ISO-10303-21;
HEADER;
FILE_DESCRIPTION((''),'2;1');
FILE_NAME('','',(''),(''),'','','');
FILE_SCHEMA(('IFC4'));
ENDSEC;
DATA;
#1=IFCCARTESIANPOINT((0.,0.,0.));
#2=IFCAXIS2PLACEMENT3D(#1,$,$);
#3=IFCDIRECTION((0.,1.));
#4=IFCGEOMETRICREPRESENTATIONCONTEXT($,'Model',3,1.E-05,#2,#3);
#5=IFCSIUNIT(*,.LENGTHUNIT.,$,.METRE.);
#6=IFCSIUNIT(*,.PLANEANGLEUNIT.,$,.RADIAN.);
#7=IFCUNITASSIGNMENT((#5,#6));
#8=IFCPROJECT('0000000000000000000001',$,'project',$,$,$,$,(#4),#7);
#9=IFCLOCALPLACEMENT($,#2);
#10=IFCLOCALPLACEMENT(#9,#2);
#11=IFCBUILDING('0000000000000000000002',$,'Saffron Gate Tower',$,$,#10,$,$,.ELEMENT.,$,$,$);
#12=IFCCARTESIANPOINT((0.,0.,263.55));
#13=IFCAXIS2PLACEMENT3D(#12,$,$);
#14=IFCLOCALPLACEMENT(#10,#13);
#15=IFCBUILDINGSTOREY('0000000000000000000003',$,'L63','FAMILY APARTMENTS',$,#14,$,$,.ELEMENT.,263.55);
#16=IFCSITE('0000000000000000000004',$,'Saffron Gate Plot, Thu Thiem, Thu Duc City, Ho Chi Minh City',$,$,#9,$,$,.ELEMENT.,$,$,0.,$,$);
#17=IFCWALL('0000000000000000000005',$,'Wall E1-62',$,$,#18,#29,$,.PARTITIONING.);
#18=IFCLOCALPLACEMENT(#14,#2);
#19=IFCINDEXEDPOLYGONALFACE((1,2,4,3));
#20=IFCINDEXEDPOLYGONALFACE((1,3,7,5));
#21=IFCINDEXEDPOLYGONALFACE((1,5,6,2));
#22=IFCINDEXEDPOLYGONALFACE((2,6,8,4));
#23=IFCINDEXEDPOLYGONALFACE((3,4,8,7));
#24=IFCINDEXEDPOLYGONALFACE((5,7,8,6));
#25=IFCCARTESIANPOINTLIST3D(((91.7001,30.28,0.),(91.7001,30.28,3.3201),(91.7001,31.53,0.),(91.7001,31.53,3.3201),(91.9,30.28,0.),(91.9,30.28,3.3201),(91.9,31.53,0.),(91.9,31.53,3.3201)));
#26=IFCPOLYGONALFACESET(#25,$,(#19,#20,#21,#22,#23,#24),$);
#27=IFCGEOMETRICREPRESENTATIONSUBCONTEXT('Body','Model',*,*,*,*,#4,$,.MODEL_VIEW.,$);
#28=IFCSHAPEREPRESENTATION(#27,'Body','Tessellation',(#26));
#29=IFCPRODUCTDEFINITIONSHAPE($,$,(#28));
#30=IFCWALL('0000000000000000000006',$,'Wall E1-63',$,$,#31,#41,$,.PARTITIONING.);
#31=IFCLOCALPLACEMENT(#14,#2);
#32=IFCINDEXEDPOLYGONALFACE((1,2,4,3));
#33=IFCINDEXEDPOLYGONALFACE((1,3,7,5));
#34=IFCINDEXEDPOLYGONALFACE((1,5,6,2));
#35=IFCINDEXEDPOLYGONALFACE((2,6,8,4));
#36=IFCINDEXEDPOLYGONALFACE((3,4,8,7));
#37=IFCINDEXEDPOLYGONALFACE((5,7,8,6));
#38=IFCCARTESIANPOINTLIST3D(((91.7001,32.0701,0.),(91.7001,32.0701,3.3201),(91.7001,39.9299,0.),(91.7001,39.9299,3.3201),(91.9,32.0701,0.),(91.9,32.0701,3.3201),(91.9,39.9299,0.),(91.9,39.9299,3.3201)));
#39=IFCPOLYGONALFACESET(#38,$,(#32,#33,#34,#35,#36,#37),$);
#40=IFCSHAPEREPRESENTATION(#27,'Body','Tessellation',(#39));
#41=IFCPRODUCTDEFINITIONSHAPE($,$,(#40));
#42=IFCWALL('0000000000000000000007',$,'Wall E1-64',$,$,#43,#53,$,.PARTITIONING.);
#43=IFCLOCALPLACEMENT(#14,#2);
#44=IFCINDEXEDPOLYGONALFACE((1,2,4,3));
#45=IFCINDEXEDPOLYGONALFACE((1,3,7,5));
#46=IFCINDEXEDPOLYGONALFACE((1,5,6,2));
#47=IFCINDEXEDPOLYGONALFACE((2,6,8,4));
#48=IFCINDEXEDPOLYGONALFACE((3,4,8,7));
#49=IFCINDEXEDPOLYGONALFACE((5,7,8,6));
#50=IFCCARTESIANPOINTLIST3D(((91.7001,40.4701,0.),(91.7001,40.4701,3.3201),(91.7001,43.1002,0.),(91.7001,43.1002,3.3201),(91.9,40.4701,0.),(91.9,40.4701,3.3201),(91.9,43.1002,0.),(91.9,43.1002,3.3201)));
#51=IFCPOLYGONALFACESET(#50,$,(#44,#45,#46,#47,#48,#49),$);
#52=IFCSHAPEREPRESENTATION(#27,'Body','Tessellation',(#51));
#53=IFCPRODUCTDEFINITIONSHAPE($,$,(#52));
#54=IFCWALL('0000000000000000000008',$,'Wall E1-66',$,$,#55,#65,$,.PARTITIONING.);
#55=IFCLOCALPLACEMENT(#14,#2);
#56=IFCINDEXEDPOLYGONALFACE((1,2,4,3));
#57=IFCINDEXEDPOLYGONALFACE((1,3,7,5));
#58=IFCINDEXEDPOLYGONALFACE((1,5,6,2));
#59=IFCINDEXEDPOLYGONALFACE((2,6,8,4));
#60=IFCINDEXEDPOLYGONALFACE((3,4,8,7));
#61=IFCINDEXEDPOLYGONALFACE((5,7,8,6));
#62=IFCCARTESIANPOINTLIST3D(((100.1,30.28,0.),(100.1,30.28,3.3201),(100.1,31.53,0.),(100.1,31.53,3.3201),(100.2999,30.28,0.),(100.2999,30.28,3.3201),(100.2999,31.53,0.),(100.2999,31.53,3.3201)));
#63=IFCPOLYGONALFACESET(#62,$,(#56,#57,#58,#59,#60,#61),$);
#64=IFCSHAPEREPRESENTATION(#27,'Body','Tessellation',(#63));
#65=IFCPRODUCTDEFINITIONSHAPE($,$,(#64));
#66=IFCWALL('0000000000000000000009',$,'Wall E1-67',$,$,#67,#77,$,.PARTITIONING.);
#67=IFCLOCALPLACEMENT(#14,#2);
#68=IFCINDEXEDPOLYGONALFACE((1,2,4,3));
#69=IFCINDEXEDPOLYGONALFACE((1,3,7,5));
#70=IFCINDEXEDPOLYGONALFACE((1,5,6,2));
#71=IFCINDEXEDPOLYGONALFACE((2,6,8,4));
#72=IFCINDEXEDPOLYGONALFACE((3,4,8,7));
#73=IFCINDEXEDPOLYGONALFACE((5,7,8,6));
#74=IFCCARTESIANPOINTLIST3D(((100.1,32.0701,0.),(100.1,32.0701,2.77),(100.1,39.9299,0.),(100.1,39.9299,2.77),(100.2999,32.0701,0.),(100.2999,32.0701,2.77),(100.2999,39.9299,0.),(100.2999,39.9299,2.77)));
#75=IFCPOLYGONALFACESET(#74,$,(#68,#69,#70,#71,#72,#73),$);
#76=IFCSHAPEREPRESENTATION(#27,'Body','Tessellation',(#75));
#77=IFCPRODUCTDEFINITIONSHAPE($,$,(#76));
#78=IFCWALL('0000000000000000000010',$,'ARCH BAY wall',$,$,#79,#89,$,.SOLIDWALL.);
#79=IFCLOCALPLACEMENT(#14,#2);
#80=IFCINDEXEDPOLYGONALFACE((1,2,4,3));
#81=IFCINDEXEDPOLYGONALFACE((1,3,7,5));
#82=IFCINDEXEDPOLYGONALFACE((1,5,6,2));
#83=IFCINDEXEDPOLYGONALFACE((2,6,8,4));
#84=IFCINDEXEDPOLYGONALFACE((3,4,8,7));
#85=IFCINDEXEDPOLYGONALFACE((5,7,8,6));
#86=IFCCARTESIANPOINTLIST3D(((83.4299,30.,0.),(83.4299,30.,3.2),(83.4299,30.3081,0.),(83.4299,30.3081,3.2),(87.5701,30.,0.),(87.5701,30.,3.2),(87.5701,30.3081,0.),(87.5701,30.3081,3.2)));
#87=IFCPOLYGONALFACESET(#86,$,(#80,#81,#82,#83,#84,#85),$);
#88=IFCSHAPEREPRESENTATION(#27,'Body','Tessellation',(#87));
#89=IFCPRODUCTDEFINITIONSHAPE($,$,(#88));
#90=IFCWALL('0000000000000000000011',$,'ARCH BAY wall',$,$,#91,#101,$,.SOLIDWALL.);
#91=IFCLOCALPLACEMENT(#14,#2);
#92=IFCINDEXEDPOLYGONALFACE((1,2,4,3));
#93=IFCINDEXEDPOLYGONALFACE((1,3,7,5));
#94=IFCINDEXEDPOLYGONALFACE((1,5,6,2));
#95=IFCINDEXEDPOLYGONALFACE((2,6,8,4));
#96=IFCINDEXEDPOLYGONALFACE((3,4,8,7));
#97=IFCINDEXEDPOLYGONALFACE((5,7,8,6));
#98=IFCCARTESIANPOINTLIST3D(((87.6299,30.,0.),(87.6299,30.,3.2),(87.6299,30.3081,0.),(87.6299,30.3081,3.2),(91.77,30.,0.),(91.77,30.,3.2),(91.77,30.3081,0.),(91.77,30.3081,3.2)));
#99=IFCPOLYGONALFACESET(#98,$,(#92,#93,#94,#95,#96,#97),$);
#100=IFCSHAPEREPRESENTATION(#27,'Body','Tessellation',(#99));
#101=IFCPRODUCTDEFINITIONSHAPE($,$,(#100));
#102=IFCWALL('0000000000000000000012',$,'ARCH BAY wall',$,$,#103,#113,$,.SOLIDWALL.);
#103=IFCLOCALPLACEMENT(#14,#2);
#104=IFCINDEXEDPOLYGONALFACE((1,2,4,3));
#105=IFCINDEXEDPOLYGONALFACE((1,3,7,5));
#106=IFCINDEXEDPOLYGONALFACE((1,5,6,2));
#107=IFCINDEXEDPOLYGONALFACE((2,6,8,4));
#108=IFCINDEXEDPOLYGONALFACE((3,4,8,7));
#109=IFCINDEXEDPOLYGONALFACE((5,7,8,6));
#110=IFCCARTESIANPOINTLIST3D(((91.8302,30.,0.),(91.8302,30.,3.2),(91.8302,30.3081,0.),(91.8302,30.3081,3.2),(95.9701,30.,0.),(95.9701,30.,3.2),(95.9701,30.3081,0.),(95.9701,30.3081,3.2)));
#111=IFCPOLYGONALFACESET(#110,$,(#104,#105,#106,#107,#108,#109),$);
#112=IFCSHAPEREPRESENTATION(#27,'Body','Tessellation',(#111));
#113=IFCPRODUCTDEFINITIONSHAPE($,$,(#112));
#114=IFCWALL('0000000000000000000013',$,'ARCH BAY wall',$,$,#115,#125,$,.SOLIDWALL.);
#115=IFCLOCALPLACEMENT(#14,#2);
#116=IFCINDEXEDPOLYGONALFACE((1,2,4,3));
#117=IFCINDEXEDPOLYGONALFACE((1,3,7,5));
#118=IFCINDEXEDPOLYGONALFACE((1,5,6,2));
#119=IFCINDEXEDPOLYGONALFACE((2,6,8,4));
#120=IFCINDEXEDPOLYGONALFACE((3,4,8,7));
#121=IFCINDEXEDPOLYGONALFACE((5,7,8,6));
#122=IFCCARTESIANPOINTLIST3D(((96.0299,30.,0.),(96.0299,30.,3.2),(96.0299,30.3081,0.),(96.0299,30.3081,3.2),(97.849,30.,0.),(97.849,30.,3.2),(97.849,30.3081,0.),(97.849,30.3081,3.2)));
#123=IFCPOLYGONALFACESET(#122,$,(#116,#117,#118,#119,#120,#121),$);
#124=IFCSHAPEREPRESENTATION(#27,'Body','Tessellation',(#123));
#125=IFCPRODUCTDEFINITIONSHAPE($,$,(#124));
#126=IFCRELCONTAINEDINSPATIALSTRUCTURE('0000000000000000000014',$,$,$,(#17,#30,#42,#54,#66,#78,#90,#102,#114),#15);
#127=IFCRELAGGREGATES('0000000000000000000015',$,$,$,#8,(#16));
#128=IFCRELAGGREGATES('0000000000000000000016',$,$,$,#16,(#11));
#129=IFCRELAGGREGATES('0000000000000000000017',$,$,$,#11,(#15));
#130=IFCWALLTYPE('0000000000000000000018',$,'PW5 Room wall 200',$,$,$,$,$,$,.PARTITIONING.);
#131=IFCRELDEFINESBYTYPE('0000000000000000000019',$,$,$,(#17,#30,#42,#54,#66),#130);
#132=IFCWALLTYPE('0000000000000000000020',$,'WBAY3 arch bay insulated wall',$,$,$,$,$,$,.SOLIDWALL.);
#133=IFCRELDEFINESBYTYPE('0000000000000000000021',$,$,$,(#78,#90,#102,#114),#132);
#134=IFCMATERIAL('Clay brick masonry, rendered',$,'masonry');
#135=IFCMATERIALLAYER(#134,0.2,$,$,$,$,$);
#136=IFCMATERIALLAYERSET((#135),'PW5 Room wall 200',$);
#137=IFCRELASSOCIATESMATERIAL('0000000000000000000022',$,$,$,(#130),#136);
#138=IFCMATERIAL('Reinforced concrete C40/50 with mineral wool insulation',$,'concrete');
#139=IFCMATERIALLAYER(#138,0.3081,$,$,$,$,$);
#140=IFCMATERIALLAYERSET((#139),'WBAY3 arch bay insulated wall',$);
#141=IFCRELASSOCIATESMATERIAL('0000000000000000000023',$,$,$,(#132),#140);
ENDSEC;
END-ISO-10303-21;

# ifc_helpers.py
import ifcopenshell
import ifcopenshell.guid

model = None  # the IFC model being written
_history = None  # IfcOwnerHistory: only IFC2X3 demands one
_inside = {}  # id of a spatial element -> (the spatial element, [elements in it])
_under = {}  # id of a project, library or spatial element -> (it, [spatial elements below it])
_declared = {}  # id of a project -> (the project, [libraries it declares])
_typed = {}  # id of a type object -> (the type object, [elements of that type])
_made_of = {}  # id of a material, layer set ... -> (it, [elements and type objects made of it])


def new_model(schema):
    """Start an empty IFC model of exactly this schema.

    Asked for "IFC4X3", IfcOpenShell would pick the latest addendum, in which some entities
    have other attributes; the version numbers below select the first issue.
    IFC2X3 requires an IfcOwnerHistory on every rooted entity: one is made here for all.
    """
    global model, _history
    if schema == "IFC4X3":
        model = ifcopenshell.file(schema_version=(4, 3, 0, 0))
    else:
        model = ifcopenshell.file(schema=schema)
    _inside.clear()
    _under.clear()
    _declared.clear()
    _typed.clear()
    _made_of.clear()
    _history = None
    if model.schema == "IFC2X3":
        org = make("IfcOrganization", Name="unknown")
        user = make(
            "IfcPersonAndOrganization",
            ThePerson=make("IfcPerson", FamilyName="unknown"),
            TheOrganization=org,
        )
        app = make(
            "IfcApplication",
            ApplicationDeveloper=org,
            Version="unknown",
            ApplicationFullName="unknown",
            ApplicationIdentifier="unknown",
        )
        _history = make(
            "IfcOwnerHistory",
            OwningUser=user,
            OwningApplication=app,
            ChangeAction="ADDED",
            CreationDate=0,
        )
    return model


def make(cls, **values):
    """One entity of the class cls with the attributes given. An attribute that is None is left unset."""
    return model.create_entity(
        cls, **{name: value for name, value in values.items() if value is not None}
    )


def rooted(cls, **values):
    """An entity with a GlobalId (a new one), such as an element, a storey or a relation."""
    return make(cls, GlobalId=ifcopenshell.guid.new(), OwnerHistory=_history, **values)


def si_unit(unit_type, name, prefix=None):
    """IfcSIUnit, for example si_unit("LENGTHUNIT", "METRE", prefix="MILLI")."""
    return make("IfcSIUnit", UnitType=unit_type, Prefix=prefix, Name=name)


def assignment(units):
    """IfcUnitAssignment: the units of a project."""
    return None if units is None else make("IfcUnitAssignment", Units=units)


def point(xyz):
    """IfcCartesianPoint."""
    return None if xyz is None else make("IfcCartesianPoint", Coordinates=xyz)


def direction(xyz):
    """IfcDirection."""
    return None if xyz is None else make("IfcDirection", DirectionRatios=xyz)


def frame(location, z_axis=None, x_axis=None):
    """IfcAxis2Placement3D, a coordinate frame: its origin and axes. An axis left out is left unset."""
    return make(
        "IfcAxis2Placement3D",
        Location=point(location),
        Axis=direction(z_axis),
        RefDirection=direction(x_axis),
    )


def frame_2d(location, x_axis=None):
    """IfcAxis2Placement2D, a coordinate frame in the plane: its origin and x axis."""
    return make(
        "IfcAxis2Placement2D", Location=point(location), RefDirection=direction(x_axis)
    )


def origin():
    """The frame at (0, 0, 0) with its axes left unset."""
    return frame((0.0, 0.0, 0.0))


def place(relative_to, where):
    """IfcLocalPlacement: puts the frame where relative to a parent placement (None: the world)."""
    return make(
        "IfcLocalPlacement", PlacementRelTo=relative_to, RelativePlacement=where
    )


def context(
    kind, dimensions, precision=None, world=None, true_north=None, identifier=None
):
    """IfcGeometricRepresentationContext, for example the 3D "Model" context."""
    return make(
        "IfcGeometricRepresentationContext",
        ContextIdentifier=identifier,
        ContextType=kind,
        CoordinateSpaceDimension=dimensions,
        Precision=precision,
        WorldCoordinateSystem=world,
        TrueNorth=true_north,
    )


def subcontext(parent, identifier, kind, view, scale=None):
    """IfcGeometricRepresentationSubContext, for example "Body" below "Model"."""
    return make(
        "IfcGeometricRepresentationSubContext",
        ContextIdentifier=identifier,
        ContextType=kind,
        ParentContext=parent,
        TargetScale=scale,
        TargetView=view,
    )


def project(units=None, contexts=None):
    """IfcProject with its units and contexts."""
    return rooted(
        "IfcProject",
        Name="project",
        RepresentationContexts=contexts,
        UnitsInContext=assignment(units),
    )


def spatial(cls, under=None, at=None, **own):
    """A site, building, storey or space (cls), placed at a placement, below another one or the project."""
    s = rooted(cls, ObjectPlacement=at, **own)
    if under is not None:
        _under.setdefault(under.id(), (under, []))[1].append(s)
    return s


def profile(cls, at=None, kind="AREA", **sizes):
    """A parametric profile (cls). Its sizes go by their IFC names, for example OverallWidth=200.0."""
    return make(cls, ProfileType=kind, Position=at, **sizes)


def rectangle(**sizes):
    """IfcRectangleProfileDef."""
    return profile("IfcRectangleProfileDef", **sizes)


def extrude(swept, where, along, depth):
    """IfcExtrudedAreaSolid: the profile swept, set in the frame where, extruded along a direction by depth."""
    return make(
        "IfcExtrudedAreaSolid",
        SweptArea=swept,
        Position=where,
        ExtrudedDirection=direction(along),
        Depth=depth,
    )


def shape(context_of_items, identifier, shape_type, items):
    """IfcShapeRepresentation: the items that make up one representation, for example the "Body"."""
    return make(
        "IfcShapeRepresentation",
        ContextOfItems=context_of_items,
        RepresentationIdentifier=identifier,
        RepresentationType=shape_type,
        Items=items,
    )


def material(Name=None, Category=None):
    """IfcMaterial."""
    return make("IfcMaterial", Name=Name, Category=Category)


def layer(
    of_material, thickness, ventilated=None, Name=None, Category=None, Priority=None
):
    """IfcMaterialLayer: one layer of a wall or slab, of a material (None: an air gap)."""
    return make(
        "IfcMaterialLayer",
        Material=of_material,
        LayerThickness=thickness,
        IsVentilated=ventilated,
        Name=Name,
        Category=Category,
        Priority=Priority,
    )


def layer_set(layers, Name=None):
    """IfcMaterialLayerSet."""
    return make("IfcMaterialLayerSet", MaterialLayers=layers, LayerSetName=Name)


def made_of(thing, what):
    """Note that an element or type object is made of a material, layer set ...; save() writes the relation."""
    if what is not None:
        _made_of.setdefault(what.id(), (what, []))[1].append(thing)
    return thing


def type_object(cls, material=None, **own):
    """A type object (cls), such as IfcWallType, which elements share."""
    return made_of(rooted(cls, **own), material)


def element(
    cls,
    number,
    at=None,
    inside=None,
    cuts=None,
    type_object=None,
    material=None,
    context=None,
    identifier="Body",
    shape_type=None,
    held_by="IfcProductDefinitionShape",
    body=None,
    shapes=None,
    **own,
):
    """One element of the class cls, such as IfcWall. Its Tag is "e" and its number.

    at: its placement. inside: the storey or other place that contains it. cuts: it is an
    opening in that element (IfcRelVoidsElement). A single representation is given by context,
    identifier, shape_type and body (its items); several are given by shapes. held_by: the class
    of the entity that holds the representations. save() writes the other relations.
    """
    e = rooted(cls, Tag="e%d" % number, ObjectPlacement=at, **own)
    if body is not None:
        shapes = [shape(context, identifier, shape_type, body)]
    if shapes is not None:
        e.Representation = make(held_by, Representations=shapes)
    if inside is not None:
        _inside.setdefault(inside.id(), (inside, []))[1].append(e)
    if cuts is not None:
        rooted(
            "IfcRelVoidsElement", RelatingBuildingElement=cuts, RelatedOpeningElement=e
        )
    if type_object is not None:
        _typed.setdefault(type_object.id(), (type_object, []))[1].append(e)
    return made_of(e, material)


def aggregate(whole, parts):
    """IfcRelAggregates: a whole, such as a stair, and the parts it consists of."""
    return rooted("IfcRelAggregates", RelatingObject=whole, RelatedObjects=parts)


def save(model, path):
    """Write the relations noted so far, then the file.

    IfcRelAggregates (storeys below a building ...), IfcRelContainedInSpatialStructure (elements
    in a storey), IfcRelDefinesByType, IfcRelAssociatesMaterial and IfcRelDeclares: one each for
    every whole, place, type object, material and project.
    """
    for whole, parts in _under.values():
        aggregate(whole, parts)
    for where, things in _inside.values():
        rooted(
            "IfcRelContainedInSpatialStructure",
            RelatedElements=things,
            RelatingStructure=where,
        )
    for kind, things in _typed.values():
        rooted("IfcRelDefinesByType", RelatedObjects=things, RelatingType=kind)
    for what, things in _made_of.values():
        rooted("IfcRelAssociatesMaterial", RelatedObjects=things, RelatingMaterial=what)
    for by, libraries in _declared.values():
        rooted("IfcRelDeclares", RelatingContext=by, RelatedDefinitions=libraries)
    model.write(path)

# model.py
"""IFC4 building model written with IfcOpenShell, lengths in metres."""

from ifc_helpers import new_model, si_unit, direction, frame, frame_2d, origin, place, context, subcontext, project, spatial, rectangle, extrude, material, layer, layer_set, type_object, element, save


model = new_model("IFC4")

# Units and contexts
model_context = context("Model", 3, precision=1e-05, world=origin(), true_north=direction((0.0, 1.0)))
body_context = subcontext(model_context, "Body", "Model", "MODEL_VIEW")
ifc_project = project(units=[si_unit("LENGTHUNIT", "METRE"), si_unit("PLANEANGLEUNIT", "RADIAN")], contexts=[model_context])

# Site, building, storey
site_placement = place(None, origin())
site = spatial("IfcSite", under=ifc_project, at=site_placement, Name="Saffron Gate Plot, Thu Thiem, Thu Duc City, Ho Chi Minh City", CompositionType="ELEMENT", RefElevation=0.0)
building_placement = place(site_placement, origin())
building = spatial("IfcBuilding", under=site, at=building_placement, Name="Saffron Gate Tower", CompositionType="ELEMENT")
storey_placement = place(building_placement, frame((0.0, 0.0, 263.55)))
storey = spatial("IfcBuildingStorey", under=building, at=storey_placement, Name="L63", Description="FAMILY APARTMENTS", CompositionType="ELEMENT", Elevation=263.55)

# Walls
ifc_material_1 = material(Name="Clay brick masonry, rendered", Category="masonry")
ifc_layer_1 = layer(ifc_material_1, 0.2)
ifc_layer_set_1 = layer_set([ifc_layer_1], Name="PW5 Room wall 200")
wall_type_1 = type_object("IfcWallType", Name="PW5 Room wall 200", PredefinedType="PARTITIONING", material=ifc_layer_set_1)
wall_1_placement = place(storey_placement, frame((91.8, 31.53, 0.0), z_axis=(0.0, 0.0, 1.0), x_axis=(0.0, -1.0, 0.0)))
element("IfcWall", 1, at=wall_1_placement, inside=storey, type_object=wall_type_1, Name="Wall E1-62", PredefinedType="PARTITIONING", context=body_context, shape_type="SweptSolid", body=[
    extrude(rectangle(XDim=1.25, YDim=0.2, at=frame_2d((0.625, 0.0))), origin(), (0.0, 0.0, 1.0), 3.3201),
])
wall_2_placement = place(storey_placement, frame((91.8, 39.9299, 0.0), z_axis=(0.0, 0.0, 1.0), x_axis=(0.0, -1.0, 0.0)))
element("IfcWall", 2, at=wall_2_placement, inside=storey, type_object=wall_type_1, Name="Wall E1-63", PredefinedType="PARTITIONING", context=body_context, shape_type="SweptSolid", body=[
    extrude(rectangle(XDim=7.8599, YDim=0.2, at=frame_2d((3.9299, 0.0))), origin(), (0.0, 0.0, 1.0), 3.3201),
])
wall_3_placement = place(storey_placement, frame((91.8, 43.1001, 0.0), z_axis=(0.0, 0.0, 1.0), x_axis=(0.0, -1.0, 0.0)))
element("IfcWall", 3, at=wall_3_placement, inside=storey, type_object=wall_type_1, Name="Wall E1-64", PredefinedType="PARTITIONING", context=body_context, shape_type="SweptSolid", body=[
    extrude(rectangle(XDim=2.6301, YDim=0.2, at=frame_2d((1.3149, 0.0))), origin(), (0.0, 0.0, 1.0), 3.3201),
])
wall_4_placement = place(storey_placement, frame((100.2, 31.53, 0.0), z_axis=(0.0, 0.0, 1.0), x_axis=(0.0, -1.0, 0.0)))
element("IfcWall", 4, at=wall_4_placement, inside=storey, type_object=wall_type_1, Name="Wall E1-66", PredefinedType="PARTITIONING", context=body_context, shape_type="SweptSolid", body=[
    extrude(rectangle(XDim=1.25, YDim=0.2, at=frame_2d((0.625, 0.0))), origin(), (0.0, 0.0, 1.0), 3.3201),
])
wall_5_placement = place(storey_placement, frame((100.2, 39.9299, 0.0), z_axis=(0.0, 0.0, 1.0), x_axis=(0.0, -1.0, 0.0)))
element("IfcWall", 5, at=wall_5_placement, inside=storey, type_object=wall_type_1, Name="Wall E1-67", PredefinedType="PARTITIONING", context=body_context, shape_type="SweptSolid", body=[
    extrude(rectangle(XDim=7.8599, YDim=0.2, at=frame_2d((3.9299, 0.0))), origin(), (0.0, 0.0, 1.0), 2.77),
])
ifc_material_2 = material(Name="Reinforced concrete C40/50 with mineral wool insulation", Category="concrete")
ifc_layer_2 = layer(ifc_material_2, 0.3081)
ifc_layer_set_2 = layer_set([ifc_layer_2], Name="WBAY3 arch bay insulated wall")
wall_type_2 = type_object("IfcWallType", Name="WBAY3 arch bay insulated wall", PredefinedType="SOLIDWALL", material=ifc_layer_set_2)
for number, where, z_axis, x_axis, name in (
    (6, (87.5701, 30.1541, 0.0), (0.0, 0.0, 1.0), (-1.0, 0.0, 0.0), "ARCH BAY wall"),
    (7, (91.77, 30.1541, 0.0), (0.0, 0.0, 1.0), (-1.0, 0.0, 0.0), "ARCH BAY wall"),
):
    element("IfcWall", number, at=place(storey_placement, frame(where, z_axis=z_axis, x_axis=x_axis)), inside=storey, type_object=wall_type_2, Name=name, PredefinedType="SOLIDWALL", context=body_context, shape_type="SweptSolid", body=[
        extrude(rectangle(XDim=4.1401, YDim=0.3081, at=frame_2d((2.0701, 0.0))), origin(), (0.0, 0.0, 1.0), 3.2),
    ])
wall_6_placement = place(storey_placement, frame((95.97, 30.1541, 0.0), z_axis=(0.0, 0.0, 1.0), x_axis=(-1.0, 0.0, 0.0)))
element("IfcWall", 8, at=wall_6_placement, inside=storey, type_object=wall_type_2, Name="ARCH BAY wall", PredefinedType="SOLIDWALL", context=body_context, shape_type="SweptSolid", body=[
    extrude(rectangle(XDim=4.1399, YDim=0.3081, at=frame_2d((2.0698, 0.0))), origin(), (0.0, 0.0, 1.0), 3.2),
])
wall_7_placement = place(storey_placement, frame((97.8491, 30.1541, 0.0), z_axis=(0.0, 0.0, 1.0), x_axis=(-1.0, 0.0, 0.0)))
element("IfcWall", 9, at=wall_7_placement, inside=storey, type_object=wall_type_2, Name="ARCH BAY wall", PredefinedType="SOLIDWALL", context=body_context, shape_type="SweptSolid", body=[
    extrude(rectangle(XDim=1.8191, YDim=0.3081, at=frame_2d((0.9097, 0.0))), origin(), (0.0, 0.0, 1.0), 3.2),
])

save(model, "model.ifc")
